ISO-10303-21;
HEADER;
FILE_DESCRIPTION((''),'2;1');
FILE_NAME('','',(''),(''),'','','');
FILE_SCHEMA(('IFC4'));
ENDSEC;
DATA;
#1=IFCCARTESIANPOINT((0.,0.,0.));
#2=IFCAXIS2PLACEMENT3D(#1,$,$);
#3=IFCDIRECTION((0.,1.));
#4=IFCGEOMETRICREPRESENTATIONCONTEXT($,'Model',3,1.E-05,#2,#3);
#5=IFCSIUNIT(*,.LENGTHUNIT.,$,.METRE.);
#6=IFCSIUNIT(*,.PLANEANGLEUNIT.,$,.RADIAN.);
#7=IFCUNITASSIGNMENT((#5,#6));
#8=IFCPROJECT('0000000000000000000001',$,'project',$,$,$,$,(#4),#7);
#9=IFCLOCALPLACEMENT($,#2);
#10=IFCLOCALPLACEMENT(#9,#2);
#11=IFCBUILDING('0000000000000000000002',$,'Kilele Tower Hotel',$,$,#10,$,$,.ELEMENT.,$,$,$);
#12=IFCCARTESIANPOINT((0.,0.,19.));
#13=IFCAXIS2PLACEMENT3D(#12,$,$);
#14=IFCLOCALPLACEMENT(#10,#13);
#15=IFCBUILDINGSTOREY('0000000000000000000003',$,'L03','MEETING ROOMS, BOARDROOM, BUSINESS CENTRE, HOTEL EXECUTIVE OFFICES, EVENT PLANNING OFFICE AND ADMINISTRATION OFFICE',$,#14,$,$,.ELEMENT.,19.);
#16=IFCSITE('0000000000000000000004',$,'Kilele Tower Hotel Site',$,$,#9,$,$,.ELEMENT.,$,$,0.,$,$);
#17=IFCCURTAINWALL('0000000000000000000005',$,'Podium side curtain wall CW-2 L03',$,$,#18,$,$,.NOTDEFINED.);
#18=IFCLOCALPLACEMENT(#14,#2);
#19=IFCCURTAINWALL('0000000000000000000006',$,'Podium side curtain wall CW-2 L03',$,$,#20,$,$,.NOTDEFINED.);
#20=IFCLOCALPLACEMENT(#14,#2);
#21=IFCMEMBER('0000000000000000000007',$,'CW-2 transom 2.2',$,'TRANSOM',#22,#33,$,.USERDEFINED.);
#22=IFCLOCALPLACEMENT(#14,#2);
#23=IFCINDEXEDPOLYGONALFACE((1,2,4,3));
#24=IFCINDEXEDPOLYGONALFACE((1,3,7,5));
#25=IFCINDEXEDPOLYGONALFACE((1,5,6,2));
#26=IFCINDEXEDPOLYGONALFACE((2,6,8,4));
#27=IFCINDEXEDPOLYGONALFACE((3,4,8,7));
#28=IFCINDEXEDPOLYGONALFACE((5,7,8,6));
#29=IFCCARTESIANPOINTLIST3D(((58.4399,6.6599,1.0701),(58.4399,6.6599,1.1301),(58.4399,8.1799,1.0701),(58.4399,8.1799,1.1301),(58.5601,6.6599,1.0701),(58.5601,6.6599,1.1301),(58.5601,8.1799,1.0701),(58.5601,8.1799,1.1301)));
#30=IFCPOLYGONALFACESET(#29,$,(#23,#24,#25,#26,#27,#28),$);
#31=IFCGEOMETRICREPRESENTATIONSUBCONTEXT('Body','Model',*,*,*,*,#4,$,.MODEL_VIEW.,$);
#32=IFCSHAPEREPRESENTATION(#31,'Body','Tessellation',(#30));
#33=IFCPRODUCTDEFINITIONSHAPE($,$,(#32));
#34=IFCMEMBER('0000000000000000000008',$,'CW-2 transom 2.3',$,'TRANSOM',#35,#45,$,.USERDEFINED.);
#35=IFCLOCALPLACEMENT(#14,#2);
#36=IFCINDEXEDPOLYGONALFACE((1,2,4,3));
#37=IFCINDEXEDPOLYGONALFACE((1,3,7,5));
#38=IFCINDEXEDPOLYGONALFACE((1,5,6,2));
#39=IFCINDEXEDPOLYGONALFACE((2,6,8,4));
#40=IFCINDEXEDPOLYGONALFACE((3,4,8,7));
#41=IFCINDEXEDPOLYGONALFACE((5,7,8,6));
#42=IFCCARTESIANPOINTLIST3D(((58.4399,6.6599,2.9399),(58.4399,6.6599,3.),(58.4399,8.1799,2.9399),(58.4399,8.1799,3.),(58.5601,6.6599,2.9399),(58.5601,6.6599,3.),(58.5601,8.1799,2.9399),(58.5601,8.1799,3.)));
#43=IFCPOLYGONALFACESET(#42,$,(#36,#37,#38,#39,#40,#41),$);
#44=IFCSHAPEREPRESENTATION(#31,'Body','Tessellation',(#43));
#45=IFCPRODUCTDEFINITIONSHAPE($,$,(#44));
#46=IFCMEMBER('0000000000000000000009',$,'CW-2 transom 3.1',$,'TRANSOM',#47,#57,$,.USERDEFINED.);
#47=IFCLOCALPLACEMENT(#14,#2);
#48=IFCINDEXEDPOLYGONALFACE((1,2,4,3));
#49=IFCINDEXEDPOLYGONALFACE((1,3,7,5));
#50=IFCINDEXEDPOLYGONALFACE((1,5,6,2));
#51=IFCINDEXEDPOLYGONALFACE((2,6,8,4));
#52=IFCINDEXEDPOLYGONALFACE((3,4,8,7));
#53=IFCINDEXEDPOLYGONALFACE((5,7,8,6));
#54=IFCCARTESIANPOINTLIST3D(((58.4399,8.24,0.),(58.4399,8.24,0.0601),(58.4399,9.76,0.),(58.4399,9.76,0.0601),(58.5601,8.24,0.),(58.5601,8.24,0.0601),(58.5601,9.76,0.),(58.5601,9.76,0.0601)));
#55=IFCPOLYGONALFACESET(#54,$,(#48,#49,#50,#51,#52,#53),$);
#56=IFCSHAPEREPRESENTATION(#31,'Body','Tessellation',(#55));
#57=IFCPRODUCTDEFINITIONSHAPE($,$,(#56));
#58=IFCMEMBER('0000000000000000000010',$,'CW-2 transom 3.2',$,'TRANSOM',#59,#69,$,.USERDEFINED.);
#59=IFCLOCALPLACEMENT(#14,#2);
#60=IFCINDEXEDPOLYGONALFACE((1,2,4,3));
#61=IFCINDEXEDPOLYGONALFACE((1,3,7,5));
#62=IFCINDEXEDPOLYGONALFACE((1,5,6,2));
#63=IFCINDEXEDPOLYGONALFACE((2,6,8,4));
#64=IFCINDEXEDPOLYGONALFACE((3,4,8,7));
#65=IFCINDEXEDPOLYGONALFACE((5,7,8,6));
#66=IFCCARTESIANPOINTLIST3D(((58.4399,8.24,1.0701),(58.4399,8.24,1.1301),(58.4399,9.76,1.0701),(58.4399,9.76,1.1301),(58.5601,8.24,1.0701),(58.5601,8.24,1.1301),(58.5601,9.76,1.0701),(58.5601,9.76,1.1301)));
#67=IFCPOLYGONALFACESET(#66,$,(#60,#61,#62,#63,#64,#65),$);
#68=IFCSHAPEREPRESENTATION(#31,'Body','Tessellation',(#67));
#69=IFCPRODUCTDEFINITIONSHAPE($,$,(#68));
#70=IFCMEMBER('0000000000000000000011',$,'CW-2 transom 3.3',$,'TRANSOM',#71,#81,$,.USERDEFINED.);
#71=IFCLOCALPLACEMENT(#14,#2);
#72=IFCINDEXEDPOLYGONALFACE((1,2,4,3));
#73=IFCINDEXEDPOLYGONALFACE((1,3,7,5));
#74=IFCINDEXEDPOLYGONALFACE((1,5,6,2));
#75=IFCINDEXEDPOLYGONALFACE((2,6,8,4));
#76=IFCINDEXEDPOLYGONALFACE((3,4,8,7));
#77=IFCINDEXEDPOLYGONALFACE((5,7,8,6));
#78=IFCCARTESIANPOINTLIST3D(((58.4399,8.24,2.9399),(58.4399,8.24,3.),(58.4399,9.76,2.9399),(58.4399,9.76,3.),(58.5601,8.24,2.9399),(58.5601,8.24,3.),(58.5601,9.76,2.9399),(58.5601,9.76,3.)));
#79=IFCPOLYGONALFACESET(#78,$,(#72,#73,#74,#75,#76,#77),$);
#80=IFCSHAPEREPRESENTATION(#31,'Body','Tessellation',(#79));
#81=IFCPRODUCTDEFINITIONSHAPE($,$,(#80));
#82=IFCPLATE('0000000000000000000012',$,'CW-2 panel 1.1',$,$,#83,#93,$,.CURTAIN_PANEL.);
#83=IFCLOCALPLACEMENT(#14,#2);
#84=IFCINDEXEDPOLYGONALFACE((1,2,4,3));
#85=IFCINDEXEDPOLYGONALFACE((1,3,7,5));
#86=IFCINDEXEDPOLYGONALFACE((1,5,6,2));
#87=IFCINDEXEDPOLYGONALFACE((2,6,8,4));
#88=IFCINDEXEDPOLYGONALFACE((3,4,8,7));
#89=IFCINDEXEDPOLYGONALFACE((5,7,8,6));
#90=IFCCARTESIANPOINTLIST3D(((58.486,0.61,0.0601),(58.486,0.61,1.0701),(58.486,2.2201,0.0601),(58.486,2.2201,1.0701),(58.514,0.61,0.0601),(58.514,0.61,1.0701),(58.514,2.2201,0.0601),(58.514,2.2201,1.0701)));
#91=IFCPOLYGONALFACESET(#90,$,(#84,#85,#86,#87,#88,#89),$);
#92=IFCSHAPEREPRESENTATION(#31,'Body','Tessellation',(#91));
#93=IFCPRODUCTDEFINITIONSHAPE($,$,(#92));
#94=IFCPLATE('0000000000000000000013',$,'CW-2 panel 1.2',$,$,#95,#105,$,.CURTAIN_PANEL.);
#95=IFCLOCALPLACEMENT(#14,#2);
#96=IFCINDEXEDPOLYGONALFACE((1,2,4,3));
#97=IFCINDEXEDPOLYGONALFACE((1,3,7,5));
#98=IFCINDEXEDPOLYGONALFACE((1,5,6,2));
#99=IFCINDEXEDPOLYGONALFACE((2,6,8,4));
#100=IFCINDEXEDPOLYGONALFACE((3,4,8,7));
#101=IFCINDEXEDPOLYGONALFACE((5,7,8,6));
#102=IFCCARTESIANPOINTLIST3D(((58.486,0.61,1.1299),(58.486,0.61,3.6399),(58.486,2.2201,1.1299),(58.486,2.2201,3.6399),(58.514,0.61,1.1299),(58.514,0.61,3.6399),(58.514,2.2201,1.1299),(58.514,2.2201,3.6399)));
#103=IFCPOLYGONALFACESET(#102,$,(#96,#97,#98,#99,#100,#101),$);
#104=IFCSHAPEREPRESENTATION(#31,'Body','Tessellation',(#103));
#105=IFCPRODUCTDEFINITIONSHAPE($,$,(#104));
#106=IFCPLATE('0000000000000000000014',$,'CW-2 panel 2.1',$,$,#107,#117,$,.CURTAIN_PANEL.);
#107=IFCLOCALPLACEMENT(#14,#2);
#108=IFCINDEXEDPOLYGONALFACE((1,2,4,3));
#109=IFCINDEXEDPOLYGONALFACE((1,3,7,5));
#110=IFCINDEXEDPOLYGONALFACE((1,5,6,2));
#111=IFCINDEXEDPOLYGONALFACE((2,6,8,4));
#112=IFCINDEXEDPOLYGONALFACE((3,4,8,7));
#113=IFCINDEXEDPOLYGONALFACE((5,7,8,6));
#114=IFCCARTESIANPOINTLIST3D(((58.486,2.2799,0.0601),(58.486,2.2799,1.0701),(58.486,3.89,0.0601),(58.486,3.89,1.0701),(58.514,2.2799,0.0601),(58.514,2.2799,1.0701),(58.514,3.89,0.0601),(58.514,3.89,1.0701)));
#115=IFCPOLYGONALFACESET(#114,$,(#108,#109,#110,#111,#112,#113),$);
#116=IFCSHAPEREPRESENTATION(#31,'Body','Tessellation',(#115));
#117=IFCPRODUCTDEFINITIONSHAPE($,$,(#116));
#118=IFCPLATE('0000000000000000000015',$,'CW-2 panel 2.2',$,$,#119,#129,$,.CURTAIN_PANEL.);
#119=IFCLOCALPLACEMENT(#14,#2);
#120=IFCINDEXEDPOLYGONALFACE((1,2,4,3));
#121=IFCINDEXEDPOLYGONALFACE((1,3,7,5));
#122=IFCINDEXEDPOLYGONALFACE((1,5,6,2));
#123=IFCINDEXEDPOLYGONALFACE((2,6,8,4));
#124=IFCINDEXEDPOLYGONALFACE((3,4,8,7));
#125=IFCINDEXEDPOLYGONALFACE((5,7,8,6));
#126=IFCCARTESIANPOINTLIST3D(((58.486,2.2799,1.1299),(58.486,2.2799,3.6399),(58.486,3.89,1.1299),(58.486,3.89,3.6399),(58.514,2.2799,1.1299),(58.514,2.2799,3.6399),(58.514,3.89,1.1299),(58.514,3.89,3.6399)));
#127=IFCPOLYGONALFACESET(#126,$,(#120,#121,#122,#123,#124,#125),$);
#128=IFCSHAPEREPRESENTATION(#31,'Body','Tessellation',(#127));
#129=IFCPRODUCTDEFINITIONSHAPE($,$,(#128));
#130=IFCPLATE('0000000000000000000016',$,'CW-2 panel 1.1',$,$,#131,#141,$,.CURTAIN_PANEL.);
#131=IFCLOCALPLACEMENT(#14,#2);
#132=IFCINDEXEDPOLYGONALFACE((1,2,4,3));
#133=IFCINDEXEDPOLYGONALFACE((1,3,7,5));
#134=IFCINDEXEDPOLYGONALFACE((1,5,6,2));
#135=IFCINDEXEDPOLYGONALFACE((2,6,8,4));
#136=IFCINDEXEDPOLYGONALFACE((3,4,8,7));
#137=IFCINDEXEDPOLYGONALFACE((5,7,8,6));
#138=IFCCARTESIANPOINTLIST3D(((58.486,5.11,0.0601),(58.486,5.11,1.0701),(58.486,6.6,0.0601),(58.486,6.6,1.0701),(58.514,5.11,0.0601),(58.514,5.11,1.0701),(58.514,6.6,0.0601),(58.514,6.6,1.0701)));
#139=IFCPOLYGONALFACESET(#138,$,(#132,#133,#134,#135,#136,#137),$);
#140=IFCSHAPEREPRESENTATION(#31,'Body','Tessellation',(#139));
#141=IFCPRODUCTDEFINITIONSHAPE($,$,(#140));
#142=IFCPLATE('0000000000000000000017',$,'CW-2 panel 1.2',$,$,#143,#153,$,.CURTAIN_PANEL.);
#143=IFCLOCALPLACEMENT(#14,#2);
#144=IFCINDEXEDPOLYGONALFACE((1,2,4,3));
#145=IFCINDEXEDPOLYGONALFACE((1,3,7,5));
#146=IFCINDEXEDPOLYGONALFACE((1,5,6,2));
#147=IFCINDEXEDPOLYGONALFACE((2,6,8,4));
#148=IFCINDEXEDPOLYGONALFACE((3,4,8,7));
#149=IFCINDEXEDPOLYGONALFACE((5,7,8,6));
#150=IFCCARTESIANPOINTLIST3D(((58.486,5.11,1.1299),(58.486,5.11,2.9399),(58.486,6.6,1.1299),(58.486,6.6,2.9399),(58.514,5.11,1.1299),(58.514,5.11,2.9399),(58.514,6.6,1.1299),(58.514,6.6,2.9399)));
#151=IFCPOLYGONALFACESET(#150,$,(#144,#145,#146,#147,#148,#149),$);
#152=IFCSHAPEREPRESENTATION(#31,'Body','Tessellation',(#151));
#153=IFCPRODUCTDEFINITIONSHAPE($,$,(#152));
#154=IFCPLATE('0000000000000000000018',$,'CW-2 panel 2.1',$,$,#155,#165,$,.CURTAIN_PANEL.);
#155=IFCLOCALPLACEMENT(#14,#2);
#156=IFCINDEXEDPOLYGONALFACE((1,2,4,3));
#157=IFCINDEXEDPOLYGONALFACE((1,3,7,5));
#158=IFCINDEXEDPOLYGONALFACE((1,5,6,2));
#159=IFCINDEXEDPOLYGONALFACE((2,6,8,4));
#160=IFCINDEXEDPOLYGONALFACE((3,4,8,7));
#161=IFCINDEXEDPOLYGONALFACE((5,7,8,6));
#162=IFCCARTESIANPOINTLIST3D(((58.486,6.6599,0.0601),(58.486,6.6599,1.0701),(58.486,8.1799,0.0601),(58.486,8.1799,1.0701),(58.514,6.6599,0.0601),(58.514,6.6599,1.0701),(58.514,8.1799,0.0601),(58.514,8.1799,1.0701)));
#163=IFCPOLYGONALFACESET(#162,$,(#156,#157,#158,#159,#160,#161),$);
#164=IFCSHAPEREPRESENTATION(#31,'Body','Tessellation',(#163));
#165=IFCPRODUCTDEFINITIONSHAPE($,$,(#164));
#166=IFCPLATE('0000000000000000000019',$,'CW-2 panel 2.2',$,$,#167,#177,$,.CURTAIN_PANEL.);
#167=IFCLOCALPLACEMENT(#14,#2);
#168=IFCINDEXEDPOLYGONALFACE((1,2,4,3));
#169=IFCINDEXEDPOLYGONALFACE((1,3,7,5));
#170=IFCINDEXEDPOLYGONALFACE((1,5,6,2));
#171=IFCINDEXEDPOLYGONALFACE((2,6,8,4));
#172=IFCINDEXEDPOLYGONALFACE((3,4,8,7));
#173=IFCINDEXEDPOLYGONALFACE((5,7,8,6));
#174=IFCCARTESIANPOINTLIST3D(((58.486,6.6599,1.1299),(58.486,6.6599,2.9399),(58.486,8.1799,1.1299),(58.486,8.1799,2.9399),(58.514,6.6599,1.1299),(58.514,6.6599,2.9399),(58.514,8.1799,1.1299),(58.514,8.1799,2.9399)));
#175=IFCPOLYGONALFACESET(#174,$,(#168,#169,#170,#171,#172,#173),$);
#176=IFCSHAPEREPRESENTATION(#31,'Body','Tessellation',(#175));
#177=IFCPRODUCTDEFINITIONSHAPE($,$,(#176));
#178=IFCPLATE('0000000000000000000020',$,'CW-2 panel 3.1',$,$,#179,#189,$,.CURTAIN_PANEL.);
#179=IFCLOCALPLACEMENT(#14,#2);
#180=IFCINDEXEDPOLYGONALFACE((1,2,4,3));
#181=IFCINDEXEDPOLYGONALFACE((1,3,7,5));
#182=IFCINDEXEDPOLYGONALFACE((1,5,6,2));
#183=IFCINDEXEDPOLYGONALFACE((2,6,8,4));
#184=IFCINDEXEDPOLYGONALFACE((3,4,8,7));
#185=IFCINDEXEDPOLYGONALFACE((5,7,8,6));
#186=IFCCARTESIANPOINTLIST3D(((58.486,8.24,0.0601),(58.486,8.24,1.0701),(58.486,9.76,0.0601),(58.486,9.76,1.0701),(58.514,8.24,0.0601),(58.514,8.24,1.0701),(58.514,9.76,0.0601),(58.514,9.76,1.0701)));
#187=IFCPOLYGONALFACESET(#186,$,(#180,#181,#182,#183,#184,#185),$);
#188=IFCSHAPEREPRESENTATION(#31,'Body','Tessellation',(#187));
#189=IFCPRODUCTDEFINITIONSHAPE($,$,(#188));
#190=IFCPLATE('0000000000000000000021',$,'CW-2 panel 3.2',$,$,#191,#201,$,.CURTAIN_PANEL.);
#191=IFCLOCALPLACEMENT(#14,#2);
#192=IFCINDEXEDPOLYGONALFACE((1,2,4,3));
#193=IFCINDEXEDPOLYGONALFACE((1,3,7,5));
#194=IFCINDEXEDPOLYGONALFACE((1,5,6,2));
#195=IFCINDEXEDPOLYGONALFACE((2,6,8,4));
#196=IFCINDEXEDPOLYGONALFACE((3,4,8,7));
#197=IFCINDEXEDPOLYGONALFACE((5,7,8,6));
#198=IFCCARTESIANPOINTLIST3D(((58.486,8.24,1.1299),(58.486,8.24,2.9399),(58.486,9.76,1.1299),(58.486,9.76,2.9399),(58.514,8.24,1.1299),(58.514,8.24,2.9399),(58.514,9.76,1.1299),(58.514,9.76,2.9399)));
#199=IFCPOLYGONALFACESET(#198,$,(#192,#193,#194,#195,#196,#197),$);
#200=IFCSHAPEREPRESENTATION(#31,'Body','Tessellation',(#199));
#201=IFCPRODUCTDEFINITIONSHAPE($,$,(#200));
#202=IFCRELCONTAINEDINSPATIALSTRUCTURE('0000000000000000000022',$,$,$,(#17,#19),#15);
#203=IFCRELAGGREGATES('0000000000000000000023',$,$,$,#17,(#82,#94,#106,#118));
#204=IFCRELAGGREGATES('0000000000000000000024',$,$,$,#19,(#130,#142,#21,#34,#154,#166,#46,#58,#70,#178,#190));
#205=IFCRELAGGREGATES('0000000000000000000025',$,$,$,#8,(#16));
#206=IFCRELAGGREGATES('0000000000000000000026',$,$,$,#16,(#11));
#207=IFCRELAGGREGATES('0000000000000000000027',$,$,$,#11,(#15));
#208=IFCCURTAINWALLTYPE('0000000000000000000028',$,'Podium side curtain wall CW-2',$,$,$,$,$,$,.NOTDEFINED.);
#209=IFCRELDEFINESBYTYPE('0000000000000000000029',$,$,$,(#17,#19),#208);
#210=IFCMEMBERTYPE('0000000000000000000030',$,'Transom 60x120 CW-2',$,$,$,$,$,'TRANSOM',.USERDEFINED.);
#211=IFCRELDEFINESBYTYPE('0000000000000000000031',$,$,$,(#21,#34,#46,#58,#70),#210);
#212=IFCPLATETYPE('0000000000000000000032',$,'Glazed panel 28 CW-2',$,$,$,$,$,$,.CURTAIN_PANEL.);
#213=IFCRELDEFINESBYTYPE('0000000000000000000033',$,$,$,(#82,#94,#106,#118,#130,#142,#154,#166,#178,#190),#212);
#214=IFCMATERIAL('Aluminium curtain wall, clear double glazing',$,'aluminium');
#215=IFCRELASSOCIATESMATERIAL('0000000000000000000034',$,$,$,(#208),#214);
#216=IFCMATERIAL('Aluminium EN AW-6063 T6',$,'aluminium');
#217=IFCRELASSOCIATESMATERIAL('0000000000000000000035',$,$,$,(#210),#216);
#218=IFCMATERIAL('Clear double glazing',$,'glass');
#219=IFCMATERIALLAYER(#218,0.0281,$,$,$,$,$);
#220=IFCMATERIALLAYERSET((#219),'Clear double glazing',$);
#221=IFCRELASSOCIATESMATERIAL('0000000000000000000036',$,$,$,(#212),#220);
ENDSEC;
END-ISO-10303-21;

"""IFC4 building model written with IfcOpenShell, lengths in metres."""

from ifc_helpers import new_model, si_unit, direction, frame, origin, origin_2d, place, context, subcontext, project, spatial, rectangle, extrude, material, layer, layer_set, material_profile, profile_set, type_object, element, aggregate, save


model = new_model("IFC4")

# Units and contexts
model_context = context("Model", 3, precision=1e-05, world=origin(), true_north=direction((0.0, 1.0)))
body_context = subcontext(model_context, "Body", "Model", "MODEL_VIEW")
ifc_project = project(units=[si_unit("LENGTHUNIT", "METRE"), si_unit("PLANEANGLEUNIT", "RADIAN")], contexts=[model_context])

# Site, building, storey
site_placement = place(None, origin())
site = spatial("IfcSite", under=ifc_project, at=site_placement, Name="Kilele Tower Hotel Site", CompositionType="ELEMENT", RefElevation=0.0)
building_placement = place(site_placement, origin())
building = spatial("IfcBuilding", under=site, at=building_placement, Name="Kilele Tower Hotel", CompositionType="ELEMENT")
storey_placement = place(building_placement, frame((0.0, 0.0, 19.0)))
storey = spatial("IfcBuildingStorey", under=building, at=storey_placement, Name="L03", Description="MEETING ROOMS, BOARDROOM, BUSINESS CENTRE, HOTEL EXECUTIVE OFFICES, EVENT PLANNING OFFICE AND ADMINISTRATION OFFICE", CompositionType="ELEMENT", Elevation=19.0)

# Curtain walls
ifc_material_1 = material(Name="Aluminium curtain wall, clear double glazing", Category="aluminium")
curtain_wall_type = type_object("IfcCurtainWallType", Name="Podium side curtain wall CW-2", PredefinedType="NOTDEFINED", material=ifc_material_1)
curtain_wall_1_placement = place(storey_placement, origin())
curtain_wall_1 = element("IfcCurtainWall", 1, at=curtain_wall_1_placement, inside=storey, type_object=curtain_wall_type, Name="Podium side curtain wall CW-2 L03", PredefinedType="NOTDEFINED")
curtain_wall_2_placement = place(storey_placement, origin())
curtain_wall_2 = element("IfcCurtainWall", 2, at=curtain_wall_2_placement, inside=storey, type_object=curtain_wall_type, Name="Podium side curtain wall CW-2 L03", PredefinedType="NOTDEFINED")

# Members
ifc_material_2 = material(Name="Aluminium EN AW-6063 T6", Category="aluminium")
ifc_material_profile_1 = material_profile(ifc_material_2, rectangle(XDim=0.1201, YDim=0.0601, at=origin_2d()))
ifc_profile_set_1 = profile_set([ifc_material_profile_1], Name="Aluminium EN AW-6063 T6")
member_type_1 = type_object("IfcMemberType", Name="Transom 60x120 CW-2", ElementType="TRANSOM", PredefinedType="USERDEFINED", material=ifc_profile_set_1)
member_1_placement = place(storey_placement, frame((58.5, 6.6599, 1.1001), z_axis=(0.0, 1.0, 0.0), x_axis=(-1.0, 0.0, 0.0)))
member_1 = element("IfcMember", 3, at=member_1_placement, type_object=member_type_1, Name="CW-2 transom 2.2", ObjectType="TRANSOM", PredefinedType="USERDEFINED", context=body_context, shape_type="SweptSolid", body=[
    extrude(rectangle(XDim=0.1201, YDim=0.0601, at=origin_2d()), origin(), (0.0, 0.0, 1.0), 1.52),
])
member_2_placement = place(storey_placement, frame((58.5, 6.6599, 2.97), z_axis=(0.0, 1.0, 0.0), x_axis=(-1.0, 0.0, 0.0)))
member_2 = element("IfcMember", 4, at=member_2_placement, type_object=member_type_1, Name="CW-2 transom 2.3", ObjectType="TRANSOM", PredefinedType="USERDEFINED", context=body_context, shape_type="SweptSolid", body=[
    extrude(rectangle(XDim=0.1201, YDim=0.0601, at=origin_2d()), origin(), (0.0, 0.0, 1.0), 1.52),
])
member_3_placement = place(storey_placement, frame((58.5, 8.24, 0.03), z_axis=(0.0, 1.0, 0.0), x_axis=(-1.0, 0.0, 0.0)))
member_3 = element("IfcMember", 5, at=member_3_placement, type_object=member_type_1, Name="CW-2 transom 3.1", ObjectType="TRANSOM", PredefinedType="USERDEFINED", context=body_context, shape_type="SweptSolid", body=[
    extrude(rectangle(XDim=0.1201, YDim=0.0601, at=origin_2d()), origin(), (0.0, 0.0, 1.0), 1.52),
])
member_4_placement = place(storey_placement, frame((58.5, 8.24, 1.1001), z_axis=(0.0, 1.0, 0.0), x_axis=(-1.0, 0.0, 0.0)))
member_4 = element("IfcMember", 6, at=member_4_placement, type_object=member_type_1, Name="CW-2 transom 3.2", ObjectType="TRANSOM", PredefinedType="USERDEFINED", context=body_context, shape_type="SweptSolid", body=[
    extrude(rectangle(XDim=0.1201, YDim=0.0601, at=origin_2d()), origin(), (0.0, 0.0, 1.0), 1.52),
])
member_5_placement = place(storey_placement, frame((58.5, 8.24, 2.97), z_axis=(0.0, 1.0, 0.0), x_axis=(-1.0, 0.0, 0.0)))
member_5 = element("IfcMember", 7, at=member_5_placement, type_object=member_type_1, Name="CW-2 transom 3.3", ObjectType="TRANSOM", PredefinedType="USERDEFINED", context=body_context, shape_type="SweptSolid", body=[
    extrude(rectangle(XDim=0.1201, YDim=0.0601, at=origin_2d()), origin(), (0.0, 0.0, 1.0), 1.52),
])

# Plates
ifc_material_3 = material(Name="Clear double glazing", Category="glass")
ifc_layer = layer(ifc_material_3, 0.0281)
ifc_layer_set = layer_set([ifc_layer], Name="Clear double glazing")
plate_type = type_object("IfcPlateType", Name="Glazed panel 28 CW-2", PredefinedType="CURTAIN_PANEL", material=ifc_layer_set)
plate_1_placement = place(storey_placement, frame((58.5, 1.415, 0.0601), z_axis=(0.0, 0.0, 1.0), x_axis=(0.0, 1.0, 0.0)))
plate_1 = element("IfcPlate", 8, at=plate_1_placement, type_object=plate_type, Name="CW-2 panel 1.1", PredefinedType="CURTAIN_PANEL", context=body_context, shape_type="SweptSolid", body=[
    extrude(rectangle(XDim=1.6101, YDim=0.0281, at=origin_2d()), origin(), (0.0, 0.0, 1.0), 1.01),
])
plate_2_placement = place(storey_placement, frame((58.5, 1.415, 1.1299), z_axis=(0.0, 0.0, 1.0), x_axis=(0.0, 1.0, 0.0)))
plate_2 = element("IfcPlate", 9, at=plate_2_placement, type_object=plate_type, Name="CW-2 panel 1.2", PredefinedType="CURTAIN_PANEL", context=body_context, shape_type="SweptSolid", body=[
    extrude(rectangle(XDim=1.6101, YDim=0.0281, at=origin_2d()), origin(), (0.0, 0.0, 1.0), 2.51),
])
plate_3_placement = place(storey_placement, frame((58.5, 3.085, 0.0601), z_axis=(0.0, 0.0, 1.0), x_axis=(0.0, 1.0, 0.0)))
plate_3 = element("IfcPlate", 10, at=plate_3_placement, type_object=plate_type, Name="CW-2 panel 2.1", PredefinedType="CURTAIN_PANEL", context=body_context, shape_type="SweptSolid", body=[
    extrude(rectangle(XDim=1.6101, YDim=0.0281, at=origin_2d()), origin(), (0.0, 0.0, 1.0), 1.01),
])
plate_4_placement = place(storey_placement, frame((58.5, 3.085, 1.1299), z_axis=(0.0, 0.0, 1.0), x_axis=(0.0, 1.0, 0.0)))
plate_4 = element("IfcPlate", 11, at=plate_4_placement, type_object=plate_type, Name="CW-2 panel 2.2", PredefinedType="CURTAIN_PANEL", context=body_context, shape_type="SweptSolid", body=[
    extrude(rectangle(XDim=1.6101, YDim=0.0281, at=origin_2d()), origin(), (0.0, 0.0, 1.0), 2.51),
])
aggregate(curtain_wall_1, [plate_1, plate_2, plate_3, plate_4])
plate_5_placement = place(storey_placement, frame((58.5, 5.855, 0.0601), z_axis=(0.0, 0.0, 1.0), x_axis=(0.0, 1.0, 0.0)))
plate_5 = element("IfcPlate", 12, at=plate_5_placement, type_object=plate_type, Name="CW-2 panel 1.1", PredefinedType="CURTAIN_PANEL", context=body_context, shape_type="SweptSolid", body=[
    extrude(rectangle(XDim=1.49, YDim=0.0281, at=origin_2d()), origin(), (0.0, 0.0, 1.0), 1.01),
])
plate_6_placement = place(storey_placement, frame((58.5, 5.855, 1.1299), z_axis=(0.0, 0.0, 1.0), x_axis=(0.0, 1.0, 0.0)))
plate_6 = element("IfcPlate", 13, at=plate_6_placement, type_object=plate_type, Name="CW-2 panel 1.2", PredefinedType="CURTAIN_PANEL", context=body_context, shape_type="SweptSolid", body=[
    extrude(rectangle(XDim=1.49, YDim=0.0281, at=origin_2d()), origin(), (0.0, 0.0, 1.0), 1.8101),
])
plate_7_placement = place(storey_placement, frame((58.5, 7.4199, 0.0601), z_axis=(0.0, 0.0, 1.0), x_axis=(0.0, 1.0, 0.0)))
plate_7 = element("IfcPlate", 14, at=plate_7_placement, type_object=plate_type, Name="CW-2 panel 2.1", PredefinedType="CURTAIN_PANEL", context=body_context, shape_type="SweptSolid", body=[
    extrude(rectangle(XDim=1.52, YDim=0.0281, at=origin_2d()), origin(), (0.0, 0.0, 1.0), 1.01),
])
plate_8_placement = place(storey_placement, frame((58.5, 7.4199, 1.1299), z_axis=(0.0, 0.0, 1.0), x_axis=(0.0, 1.0, 0.0)))
plate_8 = element("IfcPlate", 15, at=plate_8_placement, type_object=plate_type, Name="CW-2 panel 2.2", PredefinedType="CURTAIN_PANEL", context=body_context, shape_type="SweptSolid", body=[
    extrude(rectangle(XDim=1.52, YDim=0.0281, at=origin_2d()), origin(), (0.0, 0.0, 1.0), 1.8101),
])
plate_9_placement = place(storey_placement, frame((58.5, 9.0, 0.0601), z_axis=(0.0, 0.0, 1.0), x_axis=(0.0, 1.0, 0.0)))
plate_9 = element("IfcPlate", 16, at=plate_9_placement, type_object=plate_type, Name="CW-2 panel 3.1", PredefinedType="CURTAIN_PANEL", context=body_context, shape_type="SweptSolid", body=[
    extrude(rectangle(XDim=1.52, YDim=0.0281, at=origin_2d()), origin(), (0.0, 0.0, 1.0), 1.01),
])
plate_10_placement = place(storey_placement, frame((58.5, 9.0, 1.1299), z_axis=(0.0, 0.0, 1.0), x_axis=(0.0, 1.0, 0.0)))
plate_10 = element("IfcPlate", 17, at=plate_10_placement, type_object=plate_type, Name="CW-2 panel 3.2", PredefinedType="CURTAIN_PANEL", context=body_context, shape_type="SweptSolid", body=[
    extrude(rectangle(XDim=1.52, YDim=0.0281, at=origin_2d()), origin(), (0.0, 0.0, 1.0), 1.8101),
])
aggregate(curtain_wall_2, [plate_5, plate_6, member_1, member_2, plate_7, plate_8, member_3, member_4, member_5, plate_9, plate_10])

save(model, "model.ifc")
